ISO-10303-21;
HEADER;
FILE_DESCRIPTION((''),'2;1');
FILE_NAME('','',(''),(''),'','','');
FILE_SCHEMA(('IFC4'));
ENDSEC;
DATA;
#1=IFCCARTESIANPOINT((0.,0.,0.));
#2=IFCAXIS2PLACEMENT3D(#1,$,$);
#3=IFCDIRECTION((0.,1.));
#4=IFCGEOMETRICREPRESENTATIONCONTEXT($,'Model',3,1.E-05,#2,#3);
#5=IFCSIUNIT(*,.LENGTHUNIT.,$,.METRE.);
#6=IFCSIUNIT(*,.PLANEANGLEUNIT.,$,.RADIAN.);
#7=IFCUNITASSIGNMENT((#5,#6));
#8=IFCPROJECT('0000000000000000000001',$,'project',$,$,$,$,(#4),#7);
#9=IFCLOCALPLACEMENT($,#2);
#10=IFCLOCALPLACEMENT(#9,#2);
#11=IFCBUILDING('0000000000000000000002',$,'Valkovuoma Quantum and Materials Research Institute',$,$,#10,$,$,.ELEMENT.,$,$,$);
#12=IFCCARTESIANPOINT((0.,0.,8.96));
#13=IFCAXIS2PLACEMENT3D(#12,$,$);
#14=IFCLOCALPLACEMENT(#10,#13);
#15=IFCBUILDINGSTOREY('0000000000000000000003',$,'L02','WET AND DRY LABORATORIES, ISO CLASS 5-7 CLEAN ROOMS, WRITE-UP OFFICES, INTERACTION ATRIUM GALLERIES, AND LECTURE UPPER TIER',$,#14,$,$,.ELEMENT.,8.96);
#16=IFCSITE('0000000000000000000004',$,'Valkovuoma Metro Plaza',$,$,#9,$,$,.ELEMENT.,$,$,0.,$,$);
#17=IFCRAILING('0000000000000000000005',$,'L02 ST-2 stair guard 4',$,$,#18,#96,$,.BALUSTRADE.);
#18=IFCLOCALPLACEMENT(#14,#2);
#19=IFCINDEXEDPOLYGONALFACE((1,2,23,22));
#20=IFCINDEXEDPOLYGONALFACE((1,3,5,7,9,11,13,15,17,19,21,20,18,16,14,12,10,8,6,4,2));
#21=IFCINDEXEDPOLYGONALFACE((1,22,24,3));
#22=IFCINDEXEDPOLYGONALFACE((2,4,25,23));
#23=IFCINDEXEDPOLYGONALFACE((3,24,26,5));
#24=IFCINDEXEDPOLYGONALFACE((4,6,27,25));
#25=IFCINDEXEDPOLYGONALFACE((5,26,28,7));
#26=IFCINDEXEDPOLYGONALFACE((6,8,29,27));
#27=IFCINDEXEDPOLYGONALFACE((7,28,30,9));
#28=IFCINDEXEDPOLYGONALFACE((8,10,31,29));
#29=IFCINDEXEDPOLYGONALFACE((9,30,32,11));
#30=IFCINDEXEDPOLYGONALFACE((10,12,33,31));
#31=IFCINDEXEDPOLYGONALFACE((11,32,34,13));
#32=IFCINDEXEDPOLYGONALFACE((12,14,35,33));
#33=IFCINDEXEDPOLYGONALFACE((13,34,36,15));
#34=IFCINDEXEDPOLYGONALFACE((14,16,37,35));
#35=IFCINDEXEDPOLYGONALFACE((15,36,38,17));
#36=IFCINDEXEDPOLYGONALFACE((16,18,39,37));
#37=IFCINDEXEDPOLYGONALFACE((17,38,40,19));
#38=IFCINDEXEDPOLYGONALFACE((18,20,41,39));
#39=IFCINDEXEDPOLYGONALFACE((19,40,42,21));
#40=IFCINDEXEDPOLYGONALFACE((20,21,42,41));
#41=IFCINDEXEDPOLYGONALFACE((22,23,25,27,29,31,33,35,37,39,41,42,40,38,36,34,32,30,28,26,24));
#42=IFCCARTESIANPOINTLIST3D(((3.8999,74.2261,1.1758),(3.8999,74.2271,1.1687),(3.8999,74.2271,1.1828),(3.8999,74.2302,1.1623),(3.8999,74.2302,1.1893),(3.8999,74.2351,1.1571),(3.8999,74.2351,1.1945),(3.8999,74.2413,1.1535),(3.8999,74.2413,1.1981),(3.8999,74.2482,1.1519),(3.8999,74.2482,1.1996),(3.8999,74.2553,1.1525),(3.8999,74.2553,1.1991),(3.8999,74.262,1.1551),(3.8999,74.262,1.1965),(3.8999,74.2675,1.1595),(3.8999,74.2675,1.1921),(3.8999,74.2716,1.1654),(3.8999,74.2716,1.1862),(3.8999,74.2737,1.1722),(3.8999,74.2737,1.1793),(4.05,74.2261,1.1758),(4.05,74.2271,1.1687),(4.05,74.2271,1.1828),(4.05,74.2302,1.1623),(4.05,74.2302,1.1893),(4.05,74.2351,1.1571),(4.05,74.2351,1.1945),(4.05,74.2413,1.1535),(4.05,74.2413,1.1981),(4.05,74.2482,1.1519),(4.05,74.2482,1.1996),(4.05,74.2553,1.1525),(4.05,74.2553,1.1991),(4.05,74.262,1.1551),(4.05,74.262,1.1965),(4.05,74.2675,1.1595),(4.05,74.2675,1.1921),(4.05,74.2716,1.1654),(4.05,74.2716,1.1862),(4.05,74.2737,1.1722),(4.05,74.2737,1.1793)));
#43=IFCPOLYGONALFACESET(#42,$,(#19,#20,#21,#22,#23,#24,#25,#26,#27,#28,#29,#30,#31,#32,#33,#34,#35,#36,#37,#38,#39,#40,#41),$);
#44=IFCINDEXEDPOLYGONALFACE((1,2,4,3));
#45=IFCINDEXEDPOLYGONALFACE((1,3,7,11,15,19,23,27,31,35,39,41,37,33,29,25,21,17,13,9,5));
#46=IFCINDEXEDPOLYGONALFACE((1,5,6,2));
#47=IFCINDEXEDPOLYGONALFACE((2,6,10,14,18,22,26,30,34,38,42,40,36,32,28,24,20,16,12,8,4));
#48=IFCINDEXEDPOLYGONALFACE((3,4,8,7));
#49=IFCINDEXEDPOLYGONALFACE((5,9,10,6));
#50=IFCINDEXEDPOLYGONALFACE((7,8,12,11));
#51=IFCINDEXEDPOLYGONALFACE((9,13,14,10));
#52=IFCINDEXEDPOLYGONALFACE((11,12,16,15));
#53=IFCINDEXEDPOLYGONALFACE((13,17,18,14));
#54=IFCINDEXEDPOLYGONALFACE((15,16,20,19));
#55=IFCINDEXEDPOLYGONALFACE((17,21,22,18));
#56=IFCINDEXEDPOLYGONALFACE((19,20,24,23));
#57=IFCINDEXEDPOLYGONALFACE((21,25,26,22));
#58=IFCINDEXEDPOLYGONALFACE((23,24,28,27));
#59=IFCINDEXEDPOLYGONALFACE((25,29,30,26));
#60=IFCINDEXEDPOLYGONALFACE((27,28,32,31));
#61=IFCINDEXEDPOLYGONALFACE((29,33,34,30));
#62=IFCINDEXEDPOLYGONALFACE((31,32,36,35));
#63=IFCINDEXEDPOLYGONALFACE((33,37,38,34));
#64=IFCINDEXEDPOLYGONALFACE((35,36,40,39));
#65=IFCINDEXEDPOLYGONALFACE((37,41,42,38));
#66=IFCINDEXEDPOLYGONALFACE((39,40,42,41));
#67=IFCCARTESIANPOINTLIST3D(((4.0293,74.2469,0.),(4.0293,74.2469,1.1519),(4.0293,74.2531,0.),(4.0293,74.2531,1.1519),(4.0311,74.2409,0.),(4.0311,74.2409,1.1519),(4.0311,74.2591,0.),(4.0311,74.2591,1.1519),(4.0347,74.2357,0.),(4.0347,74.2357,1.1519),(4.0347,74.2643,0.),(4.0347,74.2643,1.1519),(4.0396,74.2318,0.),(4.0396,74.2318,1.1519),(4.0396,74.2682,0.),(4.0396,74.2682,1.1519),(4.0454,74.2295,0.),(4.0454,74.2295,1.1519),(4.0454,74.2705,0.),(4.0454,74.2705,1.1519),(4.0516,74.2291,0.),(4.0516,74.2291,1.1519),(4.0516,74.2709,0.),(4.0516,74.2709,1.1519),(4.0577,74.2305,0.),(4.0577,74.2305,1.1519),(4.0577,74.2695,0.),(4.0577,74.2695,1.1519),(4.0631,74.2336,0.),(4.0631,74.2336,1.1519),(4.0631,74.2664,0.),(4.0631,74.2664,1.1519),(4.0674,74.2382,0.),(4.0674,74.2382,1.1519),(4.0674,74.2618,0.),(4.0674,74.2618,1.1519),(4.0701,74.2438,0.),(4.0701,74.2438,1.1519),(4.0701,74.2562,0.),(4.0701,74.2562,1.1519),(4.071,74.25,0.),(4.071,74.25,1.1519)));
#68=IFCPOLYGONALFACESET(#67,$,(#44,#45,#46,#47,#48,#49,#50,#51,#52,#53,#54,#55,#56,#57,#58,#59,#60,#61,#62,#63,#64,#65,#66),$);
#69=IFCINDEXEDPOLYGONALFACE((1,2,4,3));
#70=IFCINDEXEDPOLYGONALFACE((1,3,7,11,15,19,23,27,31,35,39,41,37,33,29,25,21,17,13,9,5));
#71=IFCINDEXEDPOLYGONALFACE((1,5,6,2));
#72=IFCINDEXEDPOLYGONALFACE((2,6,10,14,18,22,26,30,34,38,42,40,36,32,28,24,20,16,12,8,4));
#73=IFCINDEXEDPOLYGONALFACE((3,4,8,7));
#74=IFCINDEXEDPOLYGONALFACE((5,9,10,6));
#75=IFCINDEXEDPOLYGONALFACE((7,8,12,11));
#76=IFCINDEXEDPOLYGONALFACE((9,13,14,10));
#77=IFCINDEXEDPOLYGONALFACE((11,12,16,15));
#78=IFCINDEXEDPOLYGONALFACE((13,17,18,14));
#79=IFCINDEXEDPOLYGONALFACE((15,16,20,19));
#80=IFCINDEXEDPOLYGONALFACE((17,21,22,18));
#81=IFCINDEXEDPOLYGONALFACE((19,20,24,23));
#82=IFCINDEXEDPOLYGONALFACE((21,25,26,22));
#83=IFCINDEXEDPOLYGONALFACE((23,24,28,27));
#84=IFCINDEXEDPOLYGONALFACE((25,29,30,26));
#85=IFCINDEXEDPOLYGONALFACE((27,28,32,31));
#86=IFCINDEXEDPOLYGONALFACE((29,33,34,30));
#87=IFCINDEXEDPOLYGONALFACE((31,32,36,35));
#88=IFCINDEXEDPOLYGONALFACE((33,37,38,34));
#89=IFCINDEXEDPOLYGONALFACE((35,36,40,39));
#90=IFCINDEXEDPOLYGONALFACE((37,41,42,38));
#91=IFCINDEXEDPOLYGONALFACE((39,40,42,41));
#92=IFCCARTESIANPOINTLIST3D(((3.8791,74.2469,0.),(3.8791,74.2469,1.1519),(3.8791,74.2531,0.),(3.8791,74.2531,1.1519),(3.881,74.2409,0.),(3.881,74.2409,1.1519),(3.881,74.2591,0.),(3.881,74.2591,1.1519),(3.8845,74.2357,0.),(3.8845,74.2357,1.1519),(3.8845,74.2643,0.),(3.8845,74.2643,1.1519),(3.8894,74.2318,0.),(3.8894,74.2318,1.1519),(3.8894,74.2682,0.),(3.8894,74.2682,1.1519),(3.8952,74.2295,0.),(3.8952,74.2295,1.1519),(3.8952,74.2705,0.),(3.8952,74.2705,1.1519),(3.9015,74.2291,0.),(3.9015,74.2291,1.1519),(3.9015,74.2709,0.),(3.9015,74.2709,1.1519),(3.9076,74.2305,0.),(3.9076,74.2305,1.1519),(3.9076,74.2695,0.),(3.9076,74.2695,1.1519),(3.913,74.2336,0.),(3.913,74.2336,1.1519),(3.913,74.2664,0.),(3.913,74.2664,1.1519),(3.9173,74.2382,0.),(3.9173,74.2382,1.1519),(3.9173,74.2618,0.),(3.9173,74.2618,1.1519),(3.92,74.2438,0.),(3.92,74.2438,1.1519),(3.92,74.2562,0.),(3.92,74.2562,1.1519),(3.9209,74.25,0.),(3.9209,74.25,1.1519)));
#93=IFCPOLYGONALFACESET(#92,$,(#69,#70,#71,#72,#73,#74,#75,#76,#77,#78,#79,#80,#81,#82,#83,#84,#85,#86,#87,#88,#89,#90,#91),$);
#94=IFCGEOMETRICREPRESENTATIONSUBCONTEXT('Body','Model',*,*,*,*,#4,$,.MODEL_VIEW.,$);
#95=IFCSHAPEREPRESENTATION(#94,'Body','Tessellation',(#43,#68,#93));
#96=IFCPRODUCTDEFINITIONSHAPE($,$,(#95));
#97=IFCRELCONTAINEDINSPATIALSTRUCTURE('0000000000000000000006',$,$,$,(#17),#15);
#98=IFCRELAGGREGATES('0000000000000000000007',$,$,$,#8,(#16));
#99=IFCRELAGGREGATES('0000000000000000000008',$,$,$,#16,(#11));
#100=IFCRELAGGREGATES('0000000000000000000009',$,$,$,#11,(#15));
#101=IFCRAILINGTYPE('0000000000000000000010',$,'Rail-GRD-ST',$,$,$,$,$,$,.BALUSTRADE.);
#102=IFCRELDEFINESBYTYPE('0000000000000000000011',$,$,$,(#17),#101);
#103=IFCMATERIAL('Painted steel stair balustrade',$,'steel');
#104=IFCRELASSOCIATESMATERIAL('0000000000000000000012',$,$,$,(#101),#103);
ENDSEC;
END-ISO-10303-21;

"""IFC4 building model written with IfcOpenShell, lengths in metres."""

from ifc_helpers import new_model, si_unit, direction, frame, origin, origin_2d, place, context, subcontext, project, spatial, circle, extrude, material, type_object, element, save


model = new_model("IFC4")

# Units and contexts
model_context = context("Model", 3, precision=1e-05, world=origin(), true_north=direction((0.0, 1.0)))
body_context = subcontext(model_context, "Body", "Model", "MODEL_VIEW")
ifc_project = project(units=[si_unit("LENGTHUNIT", "METRE"), si_unit("PLANEANGLEUNIT", "RADIAN")], contexts=[model_context])

# Site, building, storey
site_placement = place(None, origin())
site = spatial("IfcSite", under=ifc_project, at=site_placement, Name="Valkovuoma Metro Plaza", CompositionType="ELEMENT", RefElevation=0.0)
building_placement = place(site_placement, origin())
building = spatial("IfcBuilding", under=site, at=building_placement, Name="Valkovuoma Quantum and Materials Research Institute", CompositionType="ELEMENT")
storey_placement = place(building_placement, frame((0.0, 0.0, 8.96)))
storey = spatial("IfcBuildingStorey", under=building, at=storey_placement, Name="L02", Description="WET AND DRY LABORATORIES, ISO CLASS 5-7 CLEAN ROOMS, WRITE-UP OFFICES, INTERACTION ATRIUM GALLERIES, AND LECTURE UPPER TIER", CompositionType="ELEMENT", Elevation=8.96)

# Railing
ifc_material_1 = material(Name="Painted steel stair balustrade", Category="steel")
railing_type_1 = type_object("IfcRailingType", Name="Rail-GRD-ST", PredefinedType="BALUSTRADE", material=ifc_material_1)
railing_1_placement = place(storey_placement, frame((4.05, 74.25, 0.0)))
element("IfcRailing", 1, at=railing_1_placement, inside=storey, type_object=railing_type_1, Name="L02 ST-2 stair guard 4", PredefinedType="BALUSTRADE", context=body_context, shape_type="SweptSolid", body=[
    extrude(circle(Radius=0.0239, at=origin_2d()), frame((0.0, 0.0, 1.1758), z_axis=(-1.0, 0.0, 0.0), x_axis=(0.0, -1.0, 0.0)), (0.0, 0.0, 1.0), 0.1501),
    extrude(circle(Radius=0.021, at=origin_2d()), origin(), (0.0, 0.0, 1.0), 1.1519),
    extrude(circle(Radius=0.021, at=origin_2d()), frame((-0.1501, 0.0, 0.0)), (0.0, 0.0, 1.0), 1.1519),
])

save(model, "model.ifc")
